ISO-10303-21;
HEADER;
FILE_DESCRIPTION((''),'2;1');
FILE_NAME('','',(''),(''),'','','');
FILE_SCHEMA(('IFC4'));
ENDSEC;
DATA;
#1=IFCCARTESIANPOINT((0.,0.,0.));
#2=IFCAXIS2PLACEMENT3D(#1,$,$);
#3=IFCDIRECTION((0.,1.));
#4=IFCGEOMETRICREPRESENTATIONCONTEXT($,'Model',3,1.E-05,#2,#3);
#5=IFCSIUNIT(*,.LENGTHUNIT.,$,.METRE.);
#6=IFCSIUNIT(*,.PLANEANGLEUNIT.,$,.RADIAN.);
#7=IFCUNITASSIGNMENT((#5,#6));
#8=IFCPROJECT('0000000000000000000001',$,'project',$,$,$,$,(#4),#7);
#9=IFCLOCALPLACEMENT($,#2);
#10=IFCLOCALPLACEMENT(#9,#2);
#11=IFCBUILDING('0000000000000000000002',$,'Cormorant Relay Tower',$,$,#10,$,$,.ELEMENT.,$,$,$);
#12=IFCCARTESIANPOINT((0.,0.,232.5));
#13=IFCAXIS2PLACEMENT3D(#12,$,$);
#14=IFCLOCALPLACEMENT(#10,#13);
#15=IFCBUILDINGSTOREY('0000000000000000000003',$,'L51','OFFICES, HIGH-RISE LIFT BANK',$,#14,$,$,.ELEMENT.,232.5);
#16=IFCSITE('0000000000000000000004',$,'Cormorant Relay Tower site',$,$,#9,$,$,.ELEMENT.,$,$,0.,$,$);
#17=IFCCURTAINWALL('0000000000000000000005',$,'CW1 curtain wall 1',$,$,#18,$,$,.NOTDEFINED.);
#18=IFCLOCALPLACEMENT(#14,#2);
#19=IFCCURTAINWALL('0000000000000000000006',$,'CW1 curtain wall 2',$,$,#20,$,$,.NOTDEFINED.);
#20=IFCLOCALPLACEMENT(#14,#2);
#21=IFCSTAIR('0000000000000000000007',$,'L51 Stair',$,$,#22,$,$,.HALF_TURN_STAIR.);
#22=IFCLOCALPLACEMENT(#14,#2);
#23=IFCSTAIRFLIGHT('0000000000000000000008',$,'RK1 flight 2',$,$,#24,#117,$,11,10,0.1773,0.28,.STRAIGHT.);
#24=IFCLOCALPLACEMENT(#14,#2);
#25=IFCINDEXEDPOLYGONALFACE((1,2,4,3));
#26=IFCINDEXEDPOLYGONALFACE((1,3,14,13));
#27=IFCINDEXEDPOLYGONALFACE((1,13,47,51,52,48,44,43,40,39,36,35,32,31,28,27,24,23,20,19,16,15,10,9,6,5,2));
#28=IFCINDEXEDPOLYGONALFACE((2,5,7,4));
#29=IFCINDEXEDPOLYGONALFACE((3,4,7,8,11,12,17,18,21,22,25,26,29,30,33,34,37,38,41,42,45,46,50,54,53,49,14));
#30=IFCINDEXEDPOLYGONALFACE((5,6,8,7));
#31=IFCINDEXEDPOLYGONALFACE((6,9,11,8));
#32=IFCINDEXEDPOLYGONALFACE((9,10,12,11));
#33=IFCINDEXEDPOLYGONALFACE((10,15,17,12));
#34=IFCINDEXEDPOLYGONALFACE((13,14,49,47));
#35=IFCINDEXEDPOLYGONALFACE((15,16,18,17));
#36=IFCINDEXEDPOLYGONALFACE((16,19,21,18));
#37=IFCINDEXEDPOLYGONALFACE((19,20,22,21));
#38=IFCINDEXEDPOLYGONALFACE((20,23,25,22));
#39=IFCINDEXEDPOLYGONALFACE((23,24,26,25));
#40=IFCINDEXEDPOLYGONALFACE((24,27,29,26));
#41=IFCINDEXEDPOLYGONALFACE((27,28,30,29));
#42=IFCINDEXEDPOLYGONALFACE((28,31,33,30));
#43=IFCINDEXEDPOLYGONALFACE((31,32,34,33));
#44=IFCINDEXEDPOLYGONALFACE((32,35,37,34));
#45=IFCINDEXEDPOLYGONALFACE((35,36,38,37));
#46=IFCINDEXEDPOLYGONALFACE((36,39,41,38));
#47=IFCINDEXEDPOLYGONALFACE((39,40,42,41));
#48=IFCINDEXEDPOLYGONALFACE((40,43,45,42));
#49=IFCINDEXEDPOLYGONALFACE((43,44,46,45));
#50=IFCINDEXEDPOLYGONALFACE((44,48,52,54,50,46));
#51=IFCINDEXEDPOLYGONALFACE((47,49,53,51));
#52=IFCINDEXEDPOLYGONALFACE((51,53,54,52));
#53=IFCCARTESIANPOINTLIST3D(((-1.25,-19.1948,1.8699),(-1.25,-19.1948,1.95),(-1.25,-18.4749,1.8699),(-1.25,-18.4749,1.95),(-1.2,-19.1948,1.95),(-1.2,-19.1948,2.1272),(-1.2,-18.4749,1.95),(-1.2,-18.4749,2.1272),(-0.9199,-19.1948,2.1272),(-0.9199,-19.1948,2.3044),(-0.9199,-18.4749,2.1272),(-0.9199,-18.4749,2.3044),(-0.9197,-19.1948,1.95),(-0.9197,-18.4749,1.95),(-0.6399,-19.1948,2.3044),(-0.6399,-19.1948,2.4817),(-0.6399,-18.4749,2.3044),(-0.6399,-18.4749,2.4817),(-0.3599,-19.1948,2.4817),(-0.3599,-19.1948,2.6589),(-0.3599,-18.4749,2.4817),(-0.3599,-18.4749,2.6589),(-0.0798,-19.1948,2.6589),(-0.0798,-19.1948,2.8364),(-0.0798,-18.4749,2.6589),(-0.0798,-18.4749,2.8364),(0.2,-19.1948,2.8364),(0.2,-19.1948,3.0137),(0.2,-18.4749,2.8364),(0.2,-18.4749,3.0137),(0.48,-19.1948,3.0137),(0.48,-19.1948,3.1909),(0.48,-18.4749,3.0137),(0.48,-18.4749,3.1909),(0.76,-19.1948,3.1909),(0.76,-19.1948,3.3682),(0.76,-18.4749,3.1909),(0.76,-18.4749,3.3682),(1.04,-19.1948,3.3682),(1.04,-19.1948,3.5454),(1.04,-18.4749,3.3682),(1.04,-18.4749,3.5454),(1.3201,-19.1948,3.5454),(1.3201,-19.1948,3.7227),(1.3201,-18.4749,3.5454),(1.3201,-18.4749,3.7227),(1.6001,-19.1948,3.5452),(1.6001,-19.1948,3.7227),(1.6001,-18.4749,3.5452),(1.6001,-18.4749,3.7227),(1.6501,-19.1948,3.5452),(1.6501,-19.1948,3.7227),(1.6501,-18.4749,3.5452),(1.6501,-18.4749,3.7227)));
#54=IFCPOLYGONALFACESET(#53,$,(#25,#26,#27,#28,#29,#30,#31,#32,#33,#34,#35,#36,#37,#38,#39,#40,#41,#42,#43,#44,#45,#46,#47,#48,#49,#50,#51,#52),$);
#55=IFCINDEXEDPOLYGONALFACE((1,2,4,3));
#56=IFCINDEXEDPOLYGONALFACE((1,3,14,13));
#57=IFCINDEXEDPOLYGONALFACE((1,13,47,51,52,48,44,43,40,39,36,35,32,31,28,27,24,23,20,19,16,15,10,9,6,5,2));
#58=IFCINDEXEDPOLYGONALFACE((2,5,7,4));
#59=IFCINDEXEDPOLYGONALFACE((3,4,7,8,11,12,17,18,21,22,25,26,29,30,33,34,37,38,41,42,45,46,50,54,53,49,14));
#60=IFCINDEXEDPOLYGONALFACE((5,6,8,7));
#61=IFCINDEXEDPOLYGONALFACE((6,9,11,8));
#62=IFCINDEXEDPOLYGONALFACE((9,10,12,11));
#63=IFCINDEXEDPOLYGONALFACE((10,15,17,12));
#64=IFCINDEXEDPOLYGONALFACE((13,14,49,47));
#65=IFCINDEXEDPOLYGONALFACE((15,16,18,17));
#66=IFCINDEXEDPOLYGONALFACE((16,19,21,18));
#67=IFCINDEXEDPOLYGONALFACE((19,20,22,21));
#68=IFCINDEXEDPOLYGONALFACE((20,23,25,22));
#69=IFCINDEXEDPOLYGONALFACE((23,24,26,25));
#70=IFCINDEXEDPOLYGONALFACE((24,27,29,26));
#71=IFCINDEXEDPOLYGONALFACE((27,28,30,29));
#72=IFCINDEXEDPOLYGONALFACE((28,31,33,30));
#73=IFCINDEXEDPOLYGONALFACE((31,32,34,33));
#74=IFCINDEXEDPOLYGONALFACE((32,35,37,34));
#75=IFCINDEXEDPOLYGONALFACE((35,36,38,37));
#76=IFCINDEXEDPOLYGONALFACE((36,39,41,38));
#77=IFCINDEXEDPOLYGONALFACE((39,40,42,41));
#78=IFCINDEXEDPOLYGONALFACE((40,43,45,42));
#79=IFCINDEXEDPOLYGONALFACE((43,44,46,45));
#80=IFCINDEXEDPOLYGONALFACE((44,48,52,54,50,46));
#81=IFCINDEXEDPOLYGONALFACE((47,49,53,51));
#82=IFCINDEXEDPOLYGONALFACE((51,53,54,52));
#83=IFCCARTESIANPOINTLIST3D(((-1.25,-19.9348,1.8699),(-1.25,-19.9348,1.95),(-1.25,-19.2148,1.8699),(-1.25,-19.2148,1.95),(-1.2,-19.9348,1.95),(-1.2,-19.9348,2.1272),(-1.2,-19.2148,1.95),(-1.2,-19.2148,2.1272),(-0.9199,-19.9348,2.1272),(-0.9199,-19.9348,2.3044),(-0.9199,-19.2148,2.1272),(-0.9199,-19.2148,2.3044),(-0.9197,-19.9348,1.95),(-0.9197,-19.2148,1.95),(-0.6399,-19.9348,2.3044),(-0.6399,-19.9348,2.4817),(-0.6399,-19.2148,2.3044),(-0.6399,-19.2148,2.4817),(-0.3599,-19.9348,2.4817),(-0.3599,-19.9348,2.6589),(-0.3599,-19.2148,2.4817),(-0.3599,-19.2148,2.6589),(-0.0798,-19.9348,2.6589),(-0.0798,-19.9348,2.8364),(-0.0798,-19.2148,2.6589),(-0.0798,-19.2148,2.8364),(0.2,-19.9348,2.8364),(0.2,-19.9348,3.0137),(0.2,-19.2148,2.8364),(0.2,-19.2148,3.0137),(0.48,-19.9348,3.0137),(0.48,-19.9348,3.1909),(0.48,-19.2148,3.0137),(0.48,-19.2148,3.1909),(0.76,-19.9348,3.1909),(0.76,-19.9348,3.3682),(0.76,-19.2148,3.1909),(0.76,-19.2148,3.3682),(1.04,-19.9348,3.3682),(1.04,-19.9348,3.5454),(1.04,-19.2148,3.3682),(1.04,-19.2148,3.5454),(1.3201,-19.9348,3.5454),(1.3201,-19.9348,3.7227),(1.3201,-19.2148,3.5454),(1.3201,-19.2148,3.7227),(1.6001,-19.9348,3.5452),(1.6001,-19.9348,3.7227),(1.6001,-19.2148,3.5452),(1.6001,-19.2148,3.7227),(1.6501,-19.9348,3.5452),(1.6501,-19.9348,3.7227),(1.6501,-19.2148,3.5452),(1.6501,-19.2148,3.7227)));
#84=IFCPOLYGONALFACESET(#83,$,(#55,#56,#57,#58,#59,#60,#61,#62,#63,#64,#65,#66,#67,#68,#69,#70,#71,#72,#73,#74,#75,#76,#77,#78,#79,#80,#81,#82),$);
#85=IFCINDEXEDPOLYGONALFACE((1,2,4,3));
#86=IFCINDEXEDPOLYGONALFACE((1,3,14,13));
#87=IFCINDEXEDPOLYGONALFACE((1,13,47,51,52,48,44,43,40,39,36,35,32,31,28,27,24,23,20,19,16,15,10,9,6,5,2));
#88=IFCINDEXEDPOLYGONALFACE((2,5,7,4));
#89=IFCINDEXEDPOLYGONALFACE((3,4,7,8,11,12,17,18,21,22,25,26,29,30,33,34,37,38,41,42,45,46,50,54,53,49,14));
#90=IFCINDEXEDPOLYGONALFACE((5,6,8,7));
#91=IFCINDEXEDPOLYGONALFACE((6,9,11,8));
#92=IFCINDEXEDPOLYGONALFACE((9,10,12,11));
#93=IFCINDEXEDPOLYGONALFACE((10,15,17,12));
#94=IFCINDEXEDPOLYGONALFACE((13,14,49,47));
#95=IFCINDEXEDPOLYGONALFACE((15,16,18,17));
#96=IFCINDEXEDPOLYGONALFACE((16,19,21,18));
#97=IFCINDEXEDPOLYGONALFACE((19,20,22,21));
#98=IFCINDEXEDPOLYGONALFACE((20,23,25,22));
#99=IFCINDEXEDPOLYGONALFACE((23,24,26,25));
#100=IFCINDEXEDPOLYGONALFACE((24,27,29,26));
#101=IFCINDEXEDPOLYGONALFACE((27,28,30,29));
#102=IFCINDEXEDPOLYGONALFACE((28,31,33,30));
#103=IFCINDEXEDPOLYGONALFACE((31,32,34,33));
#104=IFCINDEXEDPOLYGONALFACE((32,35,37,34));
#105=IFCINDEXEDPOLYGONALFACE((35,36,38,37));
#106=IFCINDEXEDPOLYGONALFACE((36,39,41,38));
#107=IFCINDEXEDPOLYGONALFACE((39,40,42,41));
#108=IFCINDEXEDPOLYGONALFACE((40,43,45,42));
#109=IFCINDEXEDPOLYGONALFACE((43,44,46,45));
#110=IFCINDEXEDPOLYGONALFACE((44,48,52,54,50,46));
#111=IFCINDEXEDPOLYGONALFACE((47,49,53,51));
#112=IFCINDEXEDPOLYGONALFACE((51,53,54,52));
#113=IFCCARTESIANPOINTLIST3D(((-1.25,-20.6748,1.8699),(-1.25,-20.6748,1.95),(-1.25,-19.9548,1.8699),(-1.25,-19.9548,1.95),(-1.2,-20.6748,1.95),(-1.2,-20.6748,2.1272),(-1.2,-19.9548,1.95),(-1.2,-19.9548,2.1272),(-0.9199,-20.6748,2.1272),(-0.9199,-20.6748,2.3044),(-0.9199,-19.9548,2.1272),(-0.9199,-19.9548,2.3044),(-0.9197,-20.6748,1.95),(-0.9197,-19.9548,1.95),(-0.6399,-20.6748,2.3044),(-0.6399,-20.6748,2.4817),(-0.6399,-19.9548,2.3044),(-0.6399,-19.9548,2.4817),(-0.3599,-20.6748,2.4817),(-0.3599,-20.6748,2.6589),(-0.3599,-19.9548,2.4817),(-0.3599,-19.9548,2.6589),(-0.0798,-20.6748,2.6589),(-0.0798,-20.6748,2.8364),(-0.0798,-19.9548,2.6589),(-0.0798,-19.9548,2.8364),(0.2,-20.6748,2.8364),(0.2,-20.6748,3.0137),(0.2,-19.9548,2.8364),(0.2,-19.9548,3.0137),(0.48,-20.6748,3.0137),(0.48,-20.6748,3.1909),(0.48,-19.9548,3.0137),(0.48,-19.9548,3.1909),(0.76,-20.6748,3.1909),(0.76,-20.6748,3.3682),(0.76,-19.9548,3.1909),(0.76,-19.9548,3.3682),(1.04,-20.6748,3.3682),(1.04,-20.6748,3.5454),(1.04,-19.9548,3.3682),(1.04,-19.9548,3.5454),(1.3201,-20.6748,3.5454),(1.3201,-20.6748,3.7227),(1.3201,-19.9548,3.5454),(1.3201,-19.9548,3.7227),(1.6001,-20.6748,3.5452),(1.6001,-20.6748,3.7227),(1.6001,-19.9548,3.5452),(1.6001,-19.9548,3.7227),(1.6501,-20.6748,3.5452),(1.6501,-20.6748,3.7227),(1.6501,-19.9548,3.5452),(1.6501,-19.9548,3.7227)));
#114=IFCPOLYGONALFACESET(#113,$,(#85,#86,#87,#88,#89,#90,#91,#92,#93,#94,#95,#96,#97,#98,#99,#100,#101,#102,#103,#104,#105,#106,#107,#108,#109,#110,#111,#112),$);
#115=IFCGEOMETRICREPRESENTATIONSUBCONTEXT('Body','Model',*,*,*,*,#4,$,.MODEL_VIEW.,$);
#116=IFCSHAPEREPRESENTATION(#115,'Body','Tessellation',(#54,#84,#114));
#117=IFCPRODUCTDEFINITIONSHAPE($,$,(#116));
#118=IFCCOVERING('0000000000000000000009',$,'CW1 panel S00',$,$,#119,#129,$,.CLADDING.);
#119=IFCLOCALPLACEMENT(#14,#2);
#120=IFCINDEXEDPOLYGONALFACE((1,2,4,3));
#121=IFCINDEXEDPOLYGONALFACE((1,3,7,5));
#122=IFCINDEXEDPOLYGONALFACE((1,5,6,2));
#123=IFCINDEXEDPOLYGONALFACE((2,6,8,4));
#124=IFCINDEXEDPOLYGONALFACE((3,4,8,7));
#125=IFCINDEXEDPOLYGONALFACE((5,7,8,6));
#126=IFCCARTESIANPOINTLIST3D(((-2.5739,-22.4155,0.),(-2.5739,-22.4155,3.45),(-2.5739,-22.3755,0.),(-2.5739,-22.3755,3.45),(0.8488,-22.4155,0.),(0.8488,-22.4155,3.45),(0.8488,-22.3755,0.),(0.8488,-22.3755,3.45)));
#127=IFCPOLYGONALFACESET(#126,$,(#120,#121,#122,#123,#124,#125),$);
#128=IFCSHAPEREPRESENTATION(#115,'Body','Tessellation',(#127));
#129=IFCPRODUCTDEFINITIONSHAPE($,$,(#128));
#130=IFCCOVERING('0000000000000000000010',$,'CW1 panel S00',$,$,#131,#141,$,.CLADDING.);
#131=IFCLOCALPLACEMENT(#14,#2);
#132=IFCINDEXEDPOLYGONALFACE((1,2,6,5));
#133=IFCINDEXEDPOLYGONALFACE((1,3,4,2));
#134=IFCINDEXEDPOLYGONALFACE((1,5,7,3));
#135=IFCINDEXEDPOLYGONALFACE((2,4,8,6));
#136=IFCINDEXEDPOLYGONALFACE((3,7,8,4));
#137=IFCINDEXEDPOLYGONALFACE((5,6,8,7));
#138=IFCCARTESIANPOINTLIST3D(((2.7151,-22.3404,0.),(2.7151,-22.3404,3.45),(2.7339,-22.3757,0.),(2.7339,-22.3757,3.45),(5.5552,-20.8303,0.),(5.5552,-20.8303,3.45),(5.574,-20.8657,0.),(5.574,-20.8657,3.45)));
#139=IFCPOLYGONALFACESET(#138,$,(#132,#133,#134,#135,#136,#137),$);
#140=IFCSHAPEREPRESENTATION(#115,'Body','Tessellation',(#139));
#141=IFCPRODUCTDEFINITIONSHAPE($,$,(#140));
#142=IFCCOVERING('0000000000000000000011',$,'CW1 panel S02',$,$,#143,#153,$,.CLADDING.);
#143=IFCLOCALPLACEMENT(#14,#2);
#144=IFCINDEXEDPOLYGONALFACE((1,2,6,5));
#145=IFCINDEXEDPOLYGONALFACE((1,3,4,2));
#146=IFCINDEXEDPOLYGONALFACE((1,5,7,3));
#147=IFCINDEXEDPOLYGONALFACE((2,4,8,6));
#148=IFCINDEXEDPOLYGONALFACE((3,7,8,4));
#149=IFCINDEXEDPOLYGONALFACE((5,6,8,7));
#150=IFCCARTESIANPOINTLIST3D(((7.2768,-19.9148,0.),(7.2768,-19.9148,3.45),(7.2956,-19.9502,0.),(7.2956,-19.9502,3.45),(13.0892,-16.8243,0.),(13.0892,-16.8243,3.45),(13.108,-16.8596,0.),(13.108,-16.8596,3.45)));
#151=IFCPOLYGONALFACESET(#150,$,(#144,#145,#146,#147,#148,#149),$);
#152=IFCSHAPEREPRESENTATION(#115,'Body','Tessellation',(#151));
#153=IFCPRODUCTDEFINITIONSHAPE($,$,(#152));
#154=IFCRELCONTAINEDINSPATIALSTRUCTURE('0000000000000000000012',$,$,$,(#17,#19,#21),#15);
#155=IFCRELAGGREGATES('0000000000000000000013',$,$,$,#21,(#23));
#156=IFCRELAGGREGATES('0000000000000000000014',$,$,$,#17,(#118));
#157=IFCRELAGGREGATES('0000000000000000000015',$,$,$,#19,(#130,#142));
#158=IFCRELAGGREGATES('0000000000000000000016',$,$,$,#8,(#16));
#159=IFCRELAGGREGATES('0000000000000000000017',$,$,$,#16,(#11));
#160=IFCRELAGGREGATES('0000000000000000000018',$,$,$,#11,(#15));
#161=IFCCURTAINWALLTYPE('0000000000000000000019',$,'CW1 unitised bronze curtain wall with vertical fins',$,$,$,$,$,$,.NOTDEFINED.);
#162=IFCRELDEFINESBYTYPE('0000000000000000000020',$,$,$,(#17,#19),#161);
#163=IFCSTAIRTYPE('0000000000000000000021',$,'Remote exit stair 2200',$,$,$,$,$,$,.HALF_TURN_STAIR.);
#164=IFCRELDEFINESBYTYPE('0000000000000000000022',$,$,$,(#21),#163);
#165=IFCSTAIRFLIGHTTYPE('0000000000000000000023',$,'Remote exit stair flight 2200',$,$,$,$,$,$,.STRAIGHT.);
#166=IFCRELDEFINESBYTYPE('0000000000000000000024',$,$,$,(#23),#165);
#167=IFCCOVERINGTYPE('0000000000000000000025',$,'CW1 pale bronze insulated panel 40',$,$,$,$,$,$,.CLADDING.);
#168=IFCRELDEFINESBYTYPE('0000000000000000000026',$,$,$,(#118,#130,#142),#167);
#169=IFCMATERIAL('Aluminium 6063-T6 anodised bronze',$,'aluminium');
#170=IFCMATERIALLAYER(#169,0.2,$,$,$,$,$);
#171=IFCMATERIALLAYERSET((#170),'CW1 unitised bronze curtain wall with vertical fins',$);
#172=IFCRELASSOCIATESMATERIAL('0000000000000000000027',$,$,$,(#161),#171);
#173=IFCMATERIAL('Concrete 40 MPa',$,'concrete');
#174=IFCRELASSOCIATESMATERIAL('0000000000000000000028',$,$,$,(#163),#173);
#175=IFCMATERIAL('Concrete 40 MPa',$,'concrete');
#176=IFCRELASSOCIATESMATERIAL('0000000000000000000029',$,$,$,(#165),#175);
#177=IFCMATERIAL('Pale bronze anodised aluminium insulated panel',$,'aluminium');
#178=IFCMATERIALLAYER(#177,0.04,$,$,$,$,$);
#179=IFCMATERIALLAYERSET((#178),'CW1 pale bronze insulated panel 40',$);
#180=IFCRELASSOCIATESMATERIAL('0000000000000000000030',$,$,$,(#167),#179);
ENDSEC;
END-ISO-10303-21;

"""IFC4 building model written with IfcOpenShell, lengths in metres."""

from ifc_helpers import new_model, si_unit, direction, frame, origin, origin_2d, place, context, subcontext, project, spatial, polyline, rectangle, outline, extrude, material, layer, layer_set, type_object, element, aggregate, save


model = new_model("IFC4")

# Units and contexts
model_context = context("Model", 3, precision=1e-05, world=origin(), true_north=direction((0.0, 1.0)))
body_context = subcontext(model_context, "Body", "Model", "MODEL_VIEW")
ifc_project = project(units=[si_unit("LENGTHUNIT", "METRE"), si_unit("PLANEANGLEUNIT", "RADIAN")], contexts=[model_context])

# Site, building, storey
site_placement = place(None, origin())
site = spatial("IfcSite", under=ifc_project, at=site_placement, Name="Cormorant Relay Tower site", CompositionType="ELEMENT", RefElevation=0.0)
building_placement = place(site_placement, origin())
building = spatial("IfcBuilding", under=site, at=building_placement, Name="Cormorant Relay Tower", CompositionType="ELEMENT")
storey_placement = place(building_placement, frame((0.0, 0.0, 232.5)))
storey = spatial("IfcBuildingStorey", under=building, at=storey_placement, Name="L51", Description="OFFICES, HIGH-RISE LIFT BANK", CompositionType="ELEMENT", Elevation=232.5)

# Curtain wall
ifc_material_1 = material(Name="Aluminium 6063-T6 anodised bronze", Category="aluminium")
ifc_layer_1 = layer(ifc_material_1, 0.2)
ifc_layer_set_1 = layer_set([ifc_layer_1], Name="CW1 unitised bronze curtain wall with vertical fins")
curtain_wall_type = type_object("IfcCurtainWallType", Name="CW1 unitised bronze curtain wall with vertical fins", PredefinedType="NOTDEFINED", material=ifc_layer_set_1)
curtain_wall_1_placement = place(storey_placement, origin())
curtain_wall_1 = element("IfcCurtainWall", 1, at=curtain_wall_1_placement, inside=storey, type_object=curtain_wall_type, Name="CW1 curtain wall 1", PredefinedType="NOTDEFINED")

# Curtain wall
curtain_wall_2_placement = place(storey_placement, origin())
curtain_wall_2 = element("IfcCurtainWall", 2, at=curtain_wall_2_placement, inside=storey, type_object=curtain_wall_type, Name="CW1 curtain wall 2", PredefinedType="NOTDEFINED")

# Stair, stair flight
ifc_material_2 = material(Name="Concrete 40 MPa", Category="concrete")
stair_type = type_object("IfcStairType", Name="Remote exit stair 2200", PredefinedType="HALF_TURN_STAIR", material=ifc_material_2)
stair_placement = place(storey_placement, origin())
stair = element("IfcStair", 3, at=stair_placement, inside=storey, type_object=stair_type, Name="L51 Stair", PredefinedType="HALF_TURN_STAIR")
ifc_material_3 = material(Name="Concrete 40 MPa", Category="concrete")
stair_flight_type = type_object("IfcStairFlightType", Name="Remote exit stair flight 2200", PredefinedType="STRAIGHT", material=ifc_material_3)
stair_flight_1_placement = place(storey_placement, frame((-1.2, -19.575, 1.95), z_axis=(0.0, 0.0, 1.0), x_axis=(1.0, 0.0, 0.0)))
stair_flight_1 = element("IfcStairFlight", 4, at=stair_flight_1_placement, type_object=stair_flight_type, Name="RK1 flight 2", NumberOfRisers=11, NumberOfTreads=10, PredefinedType="STRAIGHT", RiserHeight=0.1773, TreadLength=0.28, context=body_context, shape_type="SweptSolid", body=[
    extrude(outline(polyline([(-0.05, -0.0801), (-0.05, 0.0), (0.0, 0.0), (0.0, 0.1772), (0.28, 0.1772), (0.28, 0.3545), (0.5601, 0.3545), (0.5601, 0.5317), (0.8401, 0.5317), (0.8401, 0.709), (1.1201, 0.709), (1.1201, 0.8865), (1.3999, 0.8865), (1.3999, 1.0637), (1.6799, 1.0637), (1.6799, 1.241), (1.96, 1.241), (1.96, 1.4182), (2.24, 1.4182), (2.24, 1.5955), (2.52, 1.5955), (2.52, 1.7727), (2.8, 1.7727), (2.8501, 1.7727), (2.8501, 1.5952), (2.8, 1.5952), (0.2803, 0.0), (-0.05, -0.0801)])), frame((0.0, 1.1001, 0.0), z_axis=(0.0, -1.0, 0.0), x_axis=(1.0, 0.0, 0.0)), (0.0, 0.0, 1.0), 0.72),
    extrude(outline(polyline([(-0.05, -0.0801), (-0.05, 0.0), (0.0, 0.0), (0.0, 0.1772), (0.28, 0.1772), (0.28, 0.3545), (0.5601, 0.3545), (0.5601, 0.5317), (0.8401, 0.5317), (0.8401, 0.709), (1.1201, 0.709), (1.1201, 0.8865), (1.3999, 0.8865), (1.3999, 1.0637), (1.6799, 1.0637), (1.6799, 1.241), (1.96, 1.241), (1.96, 1.4182), (2.24, 1.4182), (2.24, 1.5955), (2.52, 1.5955), (2.52, 1.7727), (2.8, 1.7727), (2.8501, 1.7727), (2.8501, 1.5952), (2.8, 1.5952), (0.2803, 0.0), (-0.05, -0.0801)])), frame((0.0, 0.3601, 0.0), z_axis=(0.0, -1.0, 0.0), x_axis=(1.0, 0.0, 0.0)), (0.0, 0.0, 1.0), 0.72),
    extrude(outline(polyline([(-0.05, -0.0801), (-0.05, 0.0), (0.0, 0.0), (0.0, 0.1772), (0.28, 0.1772), (0.28, 0.3545), (0.5601, 0.3545), (0.5601, 0.5317), (0.8401, 0.5317), (0.8401, 0.709), (1.1201, 0.709), (1.1201, 0.8865), (1.3999, 0.8865), (1.3999, 1.0637), (1.6799, 1.0637), (1.6799, 1.241), (1.96, 1.241), (1.96, 1.4182), (2.24, 1.4182), (2.24, 1.5955), (2.52, 1.5955), (2.52, 1.7727), (2.8, 1.7727), (2.8501, 1.7727), (2.8501, 1.5952), (2.8, 1.5952), (0.2803, 0.0), (-0.05, -0.0801)])), frame((0.0, -0.3799, 0.0), z_axis=(0.0, -1.0, 0.0), x_axis=(1.0, 0.0, 0.0)), (0.0, 0.0, 1.0), 0.72),
])
aggregate(stair, [stair_flight_1])

# Coverings
ifc_material_4 = material(Name="Pale bronze anodised aluminium insulated panel", Category="aluminium")
ifc_layer_2 = layer(ifc_material_4, 0.04)
ifc_layer_set_2 = layer_set([ifc_layer_2], Name="CW1 pale bronze insulated panel 40")
covering_type = type_object("IfcCoveringType", Name="CW1 pale bronze insulated panel 40", PredefinedType="CLADDING", material=ifc_layer_set_2)
covering_1_placement = place(storey_placement, frame((-0.8625, -22.3955, 0.0), z_axis=(0.0, 0.0, 1.0), x_axis=(1.0, 0.0, 0.0)))
covering_1 = element("IfcCovering", 5, at=covering_1_placement, type_object=covering_type, Name="CW1 panel S00", PredefinedType="CLADDING", context=body_context, shape_type="SweptSolid", body=[
    extrude(rectangle(XDim=3.4226, YDim=0.04, at=origin_2d()), origin(), (0.0, 0.0, 1.0), 3.45),
])
aggregate(curtain_wall_1, [covering_1])
covering_2_placement = place(storey_placement, frame((4.1445, -21.603, 0.0), z_axis=(0.0, 0.0, 1.0), x_axis=(0.882948, 0.469472, 0.0)))
covering_2 = element("IfcCovering", 6, at=covering_2_placement, type_object=covering_type, Name="CW1 panel S00", PredefinedType="CLADDING", context=body_context, shape_type="SweptSolid", body=[
    extrude(rectangle(XDim=3.2166, YDim=0.04, at=origin_2d()), origin(), (0.0, 0.0, 1.0), 3.45),
])
covering_3_placement = place(storey_placement, frame((10.1924, -18.3872, 0.0), z_axis=(0.0, 0.0, 1.0), x_axis=(0.882948, 0.469472, 0.0)))
covering_3 = element("IfcCovering", 7, at=covering_3_placement, type_object=covering_type, Name="CW1 panel S02", PredefinedType="CLADDING", context=body_context, shape_type="SweptSolid", body=[
    extrude(rectangle(XDim=6.583, YDim=0.04, at=origin_2d()), origin(), (0.0, 0.0, 1.0), 3.45),
])
aggregate(curtain_wall_2, [covering_2, covering_3])

save(model, "model.ifc")
